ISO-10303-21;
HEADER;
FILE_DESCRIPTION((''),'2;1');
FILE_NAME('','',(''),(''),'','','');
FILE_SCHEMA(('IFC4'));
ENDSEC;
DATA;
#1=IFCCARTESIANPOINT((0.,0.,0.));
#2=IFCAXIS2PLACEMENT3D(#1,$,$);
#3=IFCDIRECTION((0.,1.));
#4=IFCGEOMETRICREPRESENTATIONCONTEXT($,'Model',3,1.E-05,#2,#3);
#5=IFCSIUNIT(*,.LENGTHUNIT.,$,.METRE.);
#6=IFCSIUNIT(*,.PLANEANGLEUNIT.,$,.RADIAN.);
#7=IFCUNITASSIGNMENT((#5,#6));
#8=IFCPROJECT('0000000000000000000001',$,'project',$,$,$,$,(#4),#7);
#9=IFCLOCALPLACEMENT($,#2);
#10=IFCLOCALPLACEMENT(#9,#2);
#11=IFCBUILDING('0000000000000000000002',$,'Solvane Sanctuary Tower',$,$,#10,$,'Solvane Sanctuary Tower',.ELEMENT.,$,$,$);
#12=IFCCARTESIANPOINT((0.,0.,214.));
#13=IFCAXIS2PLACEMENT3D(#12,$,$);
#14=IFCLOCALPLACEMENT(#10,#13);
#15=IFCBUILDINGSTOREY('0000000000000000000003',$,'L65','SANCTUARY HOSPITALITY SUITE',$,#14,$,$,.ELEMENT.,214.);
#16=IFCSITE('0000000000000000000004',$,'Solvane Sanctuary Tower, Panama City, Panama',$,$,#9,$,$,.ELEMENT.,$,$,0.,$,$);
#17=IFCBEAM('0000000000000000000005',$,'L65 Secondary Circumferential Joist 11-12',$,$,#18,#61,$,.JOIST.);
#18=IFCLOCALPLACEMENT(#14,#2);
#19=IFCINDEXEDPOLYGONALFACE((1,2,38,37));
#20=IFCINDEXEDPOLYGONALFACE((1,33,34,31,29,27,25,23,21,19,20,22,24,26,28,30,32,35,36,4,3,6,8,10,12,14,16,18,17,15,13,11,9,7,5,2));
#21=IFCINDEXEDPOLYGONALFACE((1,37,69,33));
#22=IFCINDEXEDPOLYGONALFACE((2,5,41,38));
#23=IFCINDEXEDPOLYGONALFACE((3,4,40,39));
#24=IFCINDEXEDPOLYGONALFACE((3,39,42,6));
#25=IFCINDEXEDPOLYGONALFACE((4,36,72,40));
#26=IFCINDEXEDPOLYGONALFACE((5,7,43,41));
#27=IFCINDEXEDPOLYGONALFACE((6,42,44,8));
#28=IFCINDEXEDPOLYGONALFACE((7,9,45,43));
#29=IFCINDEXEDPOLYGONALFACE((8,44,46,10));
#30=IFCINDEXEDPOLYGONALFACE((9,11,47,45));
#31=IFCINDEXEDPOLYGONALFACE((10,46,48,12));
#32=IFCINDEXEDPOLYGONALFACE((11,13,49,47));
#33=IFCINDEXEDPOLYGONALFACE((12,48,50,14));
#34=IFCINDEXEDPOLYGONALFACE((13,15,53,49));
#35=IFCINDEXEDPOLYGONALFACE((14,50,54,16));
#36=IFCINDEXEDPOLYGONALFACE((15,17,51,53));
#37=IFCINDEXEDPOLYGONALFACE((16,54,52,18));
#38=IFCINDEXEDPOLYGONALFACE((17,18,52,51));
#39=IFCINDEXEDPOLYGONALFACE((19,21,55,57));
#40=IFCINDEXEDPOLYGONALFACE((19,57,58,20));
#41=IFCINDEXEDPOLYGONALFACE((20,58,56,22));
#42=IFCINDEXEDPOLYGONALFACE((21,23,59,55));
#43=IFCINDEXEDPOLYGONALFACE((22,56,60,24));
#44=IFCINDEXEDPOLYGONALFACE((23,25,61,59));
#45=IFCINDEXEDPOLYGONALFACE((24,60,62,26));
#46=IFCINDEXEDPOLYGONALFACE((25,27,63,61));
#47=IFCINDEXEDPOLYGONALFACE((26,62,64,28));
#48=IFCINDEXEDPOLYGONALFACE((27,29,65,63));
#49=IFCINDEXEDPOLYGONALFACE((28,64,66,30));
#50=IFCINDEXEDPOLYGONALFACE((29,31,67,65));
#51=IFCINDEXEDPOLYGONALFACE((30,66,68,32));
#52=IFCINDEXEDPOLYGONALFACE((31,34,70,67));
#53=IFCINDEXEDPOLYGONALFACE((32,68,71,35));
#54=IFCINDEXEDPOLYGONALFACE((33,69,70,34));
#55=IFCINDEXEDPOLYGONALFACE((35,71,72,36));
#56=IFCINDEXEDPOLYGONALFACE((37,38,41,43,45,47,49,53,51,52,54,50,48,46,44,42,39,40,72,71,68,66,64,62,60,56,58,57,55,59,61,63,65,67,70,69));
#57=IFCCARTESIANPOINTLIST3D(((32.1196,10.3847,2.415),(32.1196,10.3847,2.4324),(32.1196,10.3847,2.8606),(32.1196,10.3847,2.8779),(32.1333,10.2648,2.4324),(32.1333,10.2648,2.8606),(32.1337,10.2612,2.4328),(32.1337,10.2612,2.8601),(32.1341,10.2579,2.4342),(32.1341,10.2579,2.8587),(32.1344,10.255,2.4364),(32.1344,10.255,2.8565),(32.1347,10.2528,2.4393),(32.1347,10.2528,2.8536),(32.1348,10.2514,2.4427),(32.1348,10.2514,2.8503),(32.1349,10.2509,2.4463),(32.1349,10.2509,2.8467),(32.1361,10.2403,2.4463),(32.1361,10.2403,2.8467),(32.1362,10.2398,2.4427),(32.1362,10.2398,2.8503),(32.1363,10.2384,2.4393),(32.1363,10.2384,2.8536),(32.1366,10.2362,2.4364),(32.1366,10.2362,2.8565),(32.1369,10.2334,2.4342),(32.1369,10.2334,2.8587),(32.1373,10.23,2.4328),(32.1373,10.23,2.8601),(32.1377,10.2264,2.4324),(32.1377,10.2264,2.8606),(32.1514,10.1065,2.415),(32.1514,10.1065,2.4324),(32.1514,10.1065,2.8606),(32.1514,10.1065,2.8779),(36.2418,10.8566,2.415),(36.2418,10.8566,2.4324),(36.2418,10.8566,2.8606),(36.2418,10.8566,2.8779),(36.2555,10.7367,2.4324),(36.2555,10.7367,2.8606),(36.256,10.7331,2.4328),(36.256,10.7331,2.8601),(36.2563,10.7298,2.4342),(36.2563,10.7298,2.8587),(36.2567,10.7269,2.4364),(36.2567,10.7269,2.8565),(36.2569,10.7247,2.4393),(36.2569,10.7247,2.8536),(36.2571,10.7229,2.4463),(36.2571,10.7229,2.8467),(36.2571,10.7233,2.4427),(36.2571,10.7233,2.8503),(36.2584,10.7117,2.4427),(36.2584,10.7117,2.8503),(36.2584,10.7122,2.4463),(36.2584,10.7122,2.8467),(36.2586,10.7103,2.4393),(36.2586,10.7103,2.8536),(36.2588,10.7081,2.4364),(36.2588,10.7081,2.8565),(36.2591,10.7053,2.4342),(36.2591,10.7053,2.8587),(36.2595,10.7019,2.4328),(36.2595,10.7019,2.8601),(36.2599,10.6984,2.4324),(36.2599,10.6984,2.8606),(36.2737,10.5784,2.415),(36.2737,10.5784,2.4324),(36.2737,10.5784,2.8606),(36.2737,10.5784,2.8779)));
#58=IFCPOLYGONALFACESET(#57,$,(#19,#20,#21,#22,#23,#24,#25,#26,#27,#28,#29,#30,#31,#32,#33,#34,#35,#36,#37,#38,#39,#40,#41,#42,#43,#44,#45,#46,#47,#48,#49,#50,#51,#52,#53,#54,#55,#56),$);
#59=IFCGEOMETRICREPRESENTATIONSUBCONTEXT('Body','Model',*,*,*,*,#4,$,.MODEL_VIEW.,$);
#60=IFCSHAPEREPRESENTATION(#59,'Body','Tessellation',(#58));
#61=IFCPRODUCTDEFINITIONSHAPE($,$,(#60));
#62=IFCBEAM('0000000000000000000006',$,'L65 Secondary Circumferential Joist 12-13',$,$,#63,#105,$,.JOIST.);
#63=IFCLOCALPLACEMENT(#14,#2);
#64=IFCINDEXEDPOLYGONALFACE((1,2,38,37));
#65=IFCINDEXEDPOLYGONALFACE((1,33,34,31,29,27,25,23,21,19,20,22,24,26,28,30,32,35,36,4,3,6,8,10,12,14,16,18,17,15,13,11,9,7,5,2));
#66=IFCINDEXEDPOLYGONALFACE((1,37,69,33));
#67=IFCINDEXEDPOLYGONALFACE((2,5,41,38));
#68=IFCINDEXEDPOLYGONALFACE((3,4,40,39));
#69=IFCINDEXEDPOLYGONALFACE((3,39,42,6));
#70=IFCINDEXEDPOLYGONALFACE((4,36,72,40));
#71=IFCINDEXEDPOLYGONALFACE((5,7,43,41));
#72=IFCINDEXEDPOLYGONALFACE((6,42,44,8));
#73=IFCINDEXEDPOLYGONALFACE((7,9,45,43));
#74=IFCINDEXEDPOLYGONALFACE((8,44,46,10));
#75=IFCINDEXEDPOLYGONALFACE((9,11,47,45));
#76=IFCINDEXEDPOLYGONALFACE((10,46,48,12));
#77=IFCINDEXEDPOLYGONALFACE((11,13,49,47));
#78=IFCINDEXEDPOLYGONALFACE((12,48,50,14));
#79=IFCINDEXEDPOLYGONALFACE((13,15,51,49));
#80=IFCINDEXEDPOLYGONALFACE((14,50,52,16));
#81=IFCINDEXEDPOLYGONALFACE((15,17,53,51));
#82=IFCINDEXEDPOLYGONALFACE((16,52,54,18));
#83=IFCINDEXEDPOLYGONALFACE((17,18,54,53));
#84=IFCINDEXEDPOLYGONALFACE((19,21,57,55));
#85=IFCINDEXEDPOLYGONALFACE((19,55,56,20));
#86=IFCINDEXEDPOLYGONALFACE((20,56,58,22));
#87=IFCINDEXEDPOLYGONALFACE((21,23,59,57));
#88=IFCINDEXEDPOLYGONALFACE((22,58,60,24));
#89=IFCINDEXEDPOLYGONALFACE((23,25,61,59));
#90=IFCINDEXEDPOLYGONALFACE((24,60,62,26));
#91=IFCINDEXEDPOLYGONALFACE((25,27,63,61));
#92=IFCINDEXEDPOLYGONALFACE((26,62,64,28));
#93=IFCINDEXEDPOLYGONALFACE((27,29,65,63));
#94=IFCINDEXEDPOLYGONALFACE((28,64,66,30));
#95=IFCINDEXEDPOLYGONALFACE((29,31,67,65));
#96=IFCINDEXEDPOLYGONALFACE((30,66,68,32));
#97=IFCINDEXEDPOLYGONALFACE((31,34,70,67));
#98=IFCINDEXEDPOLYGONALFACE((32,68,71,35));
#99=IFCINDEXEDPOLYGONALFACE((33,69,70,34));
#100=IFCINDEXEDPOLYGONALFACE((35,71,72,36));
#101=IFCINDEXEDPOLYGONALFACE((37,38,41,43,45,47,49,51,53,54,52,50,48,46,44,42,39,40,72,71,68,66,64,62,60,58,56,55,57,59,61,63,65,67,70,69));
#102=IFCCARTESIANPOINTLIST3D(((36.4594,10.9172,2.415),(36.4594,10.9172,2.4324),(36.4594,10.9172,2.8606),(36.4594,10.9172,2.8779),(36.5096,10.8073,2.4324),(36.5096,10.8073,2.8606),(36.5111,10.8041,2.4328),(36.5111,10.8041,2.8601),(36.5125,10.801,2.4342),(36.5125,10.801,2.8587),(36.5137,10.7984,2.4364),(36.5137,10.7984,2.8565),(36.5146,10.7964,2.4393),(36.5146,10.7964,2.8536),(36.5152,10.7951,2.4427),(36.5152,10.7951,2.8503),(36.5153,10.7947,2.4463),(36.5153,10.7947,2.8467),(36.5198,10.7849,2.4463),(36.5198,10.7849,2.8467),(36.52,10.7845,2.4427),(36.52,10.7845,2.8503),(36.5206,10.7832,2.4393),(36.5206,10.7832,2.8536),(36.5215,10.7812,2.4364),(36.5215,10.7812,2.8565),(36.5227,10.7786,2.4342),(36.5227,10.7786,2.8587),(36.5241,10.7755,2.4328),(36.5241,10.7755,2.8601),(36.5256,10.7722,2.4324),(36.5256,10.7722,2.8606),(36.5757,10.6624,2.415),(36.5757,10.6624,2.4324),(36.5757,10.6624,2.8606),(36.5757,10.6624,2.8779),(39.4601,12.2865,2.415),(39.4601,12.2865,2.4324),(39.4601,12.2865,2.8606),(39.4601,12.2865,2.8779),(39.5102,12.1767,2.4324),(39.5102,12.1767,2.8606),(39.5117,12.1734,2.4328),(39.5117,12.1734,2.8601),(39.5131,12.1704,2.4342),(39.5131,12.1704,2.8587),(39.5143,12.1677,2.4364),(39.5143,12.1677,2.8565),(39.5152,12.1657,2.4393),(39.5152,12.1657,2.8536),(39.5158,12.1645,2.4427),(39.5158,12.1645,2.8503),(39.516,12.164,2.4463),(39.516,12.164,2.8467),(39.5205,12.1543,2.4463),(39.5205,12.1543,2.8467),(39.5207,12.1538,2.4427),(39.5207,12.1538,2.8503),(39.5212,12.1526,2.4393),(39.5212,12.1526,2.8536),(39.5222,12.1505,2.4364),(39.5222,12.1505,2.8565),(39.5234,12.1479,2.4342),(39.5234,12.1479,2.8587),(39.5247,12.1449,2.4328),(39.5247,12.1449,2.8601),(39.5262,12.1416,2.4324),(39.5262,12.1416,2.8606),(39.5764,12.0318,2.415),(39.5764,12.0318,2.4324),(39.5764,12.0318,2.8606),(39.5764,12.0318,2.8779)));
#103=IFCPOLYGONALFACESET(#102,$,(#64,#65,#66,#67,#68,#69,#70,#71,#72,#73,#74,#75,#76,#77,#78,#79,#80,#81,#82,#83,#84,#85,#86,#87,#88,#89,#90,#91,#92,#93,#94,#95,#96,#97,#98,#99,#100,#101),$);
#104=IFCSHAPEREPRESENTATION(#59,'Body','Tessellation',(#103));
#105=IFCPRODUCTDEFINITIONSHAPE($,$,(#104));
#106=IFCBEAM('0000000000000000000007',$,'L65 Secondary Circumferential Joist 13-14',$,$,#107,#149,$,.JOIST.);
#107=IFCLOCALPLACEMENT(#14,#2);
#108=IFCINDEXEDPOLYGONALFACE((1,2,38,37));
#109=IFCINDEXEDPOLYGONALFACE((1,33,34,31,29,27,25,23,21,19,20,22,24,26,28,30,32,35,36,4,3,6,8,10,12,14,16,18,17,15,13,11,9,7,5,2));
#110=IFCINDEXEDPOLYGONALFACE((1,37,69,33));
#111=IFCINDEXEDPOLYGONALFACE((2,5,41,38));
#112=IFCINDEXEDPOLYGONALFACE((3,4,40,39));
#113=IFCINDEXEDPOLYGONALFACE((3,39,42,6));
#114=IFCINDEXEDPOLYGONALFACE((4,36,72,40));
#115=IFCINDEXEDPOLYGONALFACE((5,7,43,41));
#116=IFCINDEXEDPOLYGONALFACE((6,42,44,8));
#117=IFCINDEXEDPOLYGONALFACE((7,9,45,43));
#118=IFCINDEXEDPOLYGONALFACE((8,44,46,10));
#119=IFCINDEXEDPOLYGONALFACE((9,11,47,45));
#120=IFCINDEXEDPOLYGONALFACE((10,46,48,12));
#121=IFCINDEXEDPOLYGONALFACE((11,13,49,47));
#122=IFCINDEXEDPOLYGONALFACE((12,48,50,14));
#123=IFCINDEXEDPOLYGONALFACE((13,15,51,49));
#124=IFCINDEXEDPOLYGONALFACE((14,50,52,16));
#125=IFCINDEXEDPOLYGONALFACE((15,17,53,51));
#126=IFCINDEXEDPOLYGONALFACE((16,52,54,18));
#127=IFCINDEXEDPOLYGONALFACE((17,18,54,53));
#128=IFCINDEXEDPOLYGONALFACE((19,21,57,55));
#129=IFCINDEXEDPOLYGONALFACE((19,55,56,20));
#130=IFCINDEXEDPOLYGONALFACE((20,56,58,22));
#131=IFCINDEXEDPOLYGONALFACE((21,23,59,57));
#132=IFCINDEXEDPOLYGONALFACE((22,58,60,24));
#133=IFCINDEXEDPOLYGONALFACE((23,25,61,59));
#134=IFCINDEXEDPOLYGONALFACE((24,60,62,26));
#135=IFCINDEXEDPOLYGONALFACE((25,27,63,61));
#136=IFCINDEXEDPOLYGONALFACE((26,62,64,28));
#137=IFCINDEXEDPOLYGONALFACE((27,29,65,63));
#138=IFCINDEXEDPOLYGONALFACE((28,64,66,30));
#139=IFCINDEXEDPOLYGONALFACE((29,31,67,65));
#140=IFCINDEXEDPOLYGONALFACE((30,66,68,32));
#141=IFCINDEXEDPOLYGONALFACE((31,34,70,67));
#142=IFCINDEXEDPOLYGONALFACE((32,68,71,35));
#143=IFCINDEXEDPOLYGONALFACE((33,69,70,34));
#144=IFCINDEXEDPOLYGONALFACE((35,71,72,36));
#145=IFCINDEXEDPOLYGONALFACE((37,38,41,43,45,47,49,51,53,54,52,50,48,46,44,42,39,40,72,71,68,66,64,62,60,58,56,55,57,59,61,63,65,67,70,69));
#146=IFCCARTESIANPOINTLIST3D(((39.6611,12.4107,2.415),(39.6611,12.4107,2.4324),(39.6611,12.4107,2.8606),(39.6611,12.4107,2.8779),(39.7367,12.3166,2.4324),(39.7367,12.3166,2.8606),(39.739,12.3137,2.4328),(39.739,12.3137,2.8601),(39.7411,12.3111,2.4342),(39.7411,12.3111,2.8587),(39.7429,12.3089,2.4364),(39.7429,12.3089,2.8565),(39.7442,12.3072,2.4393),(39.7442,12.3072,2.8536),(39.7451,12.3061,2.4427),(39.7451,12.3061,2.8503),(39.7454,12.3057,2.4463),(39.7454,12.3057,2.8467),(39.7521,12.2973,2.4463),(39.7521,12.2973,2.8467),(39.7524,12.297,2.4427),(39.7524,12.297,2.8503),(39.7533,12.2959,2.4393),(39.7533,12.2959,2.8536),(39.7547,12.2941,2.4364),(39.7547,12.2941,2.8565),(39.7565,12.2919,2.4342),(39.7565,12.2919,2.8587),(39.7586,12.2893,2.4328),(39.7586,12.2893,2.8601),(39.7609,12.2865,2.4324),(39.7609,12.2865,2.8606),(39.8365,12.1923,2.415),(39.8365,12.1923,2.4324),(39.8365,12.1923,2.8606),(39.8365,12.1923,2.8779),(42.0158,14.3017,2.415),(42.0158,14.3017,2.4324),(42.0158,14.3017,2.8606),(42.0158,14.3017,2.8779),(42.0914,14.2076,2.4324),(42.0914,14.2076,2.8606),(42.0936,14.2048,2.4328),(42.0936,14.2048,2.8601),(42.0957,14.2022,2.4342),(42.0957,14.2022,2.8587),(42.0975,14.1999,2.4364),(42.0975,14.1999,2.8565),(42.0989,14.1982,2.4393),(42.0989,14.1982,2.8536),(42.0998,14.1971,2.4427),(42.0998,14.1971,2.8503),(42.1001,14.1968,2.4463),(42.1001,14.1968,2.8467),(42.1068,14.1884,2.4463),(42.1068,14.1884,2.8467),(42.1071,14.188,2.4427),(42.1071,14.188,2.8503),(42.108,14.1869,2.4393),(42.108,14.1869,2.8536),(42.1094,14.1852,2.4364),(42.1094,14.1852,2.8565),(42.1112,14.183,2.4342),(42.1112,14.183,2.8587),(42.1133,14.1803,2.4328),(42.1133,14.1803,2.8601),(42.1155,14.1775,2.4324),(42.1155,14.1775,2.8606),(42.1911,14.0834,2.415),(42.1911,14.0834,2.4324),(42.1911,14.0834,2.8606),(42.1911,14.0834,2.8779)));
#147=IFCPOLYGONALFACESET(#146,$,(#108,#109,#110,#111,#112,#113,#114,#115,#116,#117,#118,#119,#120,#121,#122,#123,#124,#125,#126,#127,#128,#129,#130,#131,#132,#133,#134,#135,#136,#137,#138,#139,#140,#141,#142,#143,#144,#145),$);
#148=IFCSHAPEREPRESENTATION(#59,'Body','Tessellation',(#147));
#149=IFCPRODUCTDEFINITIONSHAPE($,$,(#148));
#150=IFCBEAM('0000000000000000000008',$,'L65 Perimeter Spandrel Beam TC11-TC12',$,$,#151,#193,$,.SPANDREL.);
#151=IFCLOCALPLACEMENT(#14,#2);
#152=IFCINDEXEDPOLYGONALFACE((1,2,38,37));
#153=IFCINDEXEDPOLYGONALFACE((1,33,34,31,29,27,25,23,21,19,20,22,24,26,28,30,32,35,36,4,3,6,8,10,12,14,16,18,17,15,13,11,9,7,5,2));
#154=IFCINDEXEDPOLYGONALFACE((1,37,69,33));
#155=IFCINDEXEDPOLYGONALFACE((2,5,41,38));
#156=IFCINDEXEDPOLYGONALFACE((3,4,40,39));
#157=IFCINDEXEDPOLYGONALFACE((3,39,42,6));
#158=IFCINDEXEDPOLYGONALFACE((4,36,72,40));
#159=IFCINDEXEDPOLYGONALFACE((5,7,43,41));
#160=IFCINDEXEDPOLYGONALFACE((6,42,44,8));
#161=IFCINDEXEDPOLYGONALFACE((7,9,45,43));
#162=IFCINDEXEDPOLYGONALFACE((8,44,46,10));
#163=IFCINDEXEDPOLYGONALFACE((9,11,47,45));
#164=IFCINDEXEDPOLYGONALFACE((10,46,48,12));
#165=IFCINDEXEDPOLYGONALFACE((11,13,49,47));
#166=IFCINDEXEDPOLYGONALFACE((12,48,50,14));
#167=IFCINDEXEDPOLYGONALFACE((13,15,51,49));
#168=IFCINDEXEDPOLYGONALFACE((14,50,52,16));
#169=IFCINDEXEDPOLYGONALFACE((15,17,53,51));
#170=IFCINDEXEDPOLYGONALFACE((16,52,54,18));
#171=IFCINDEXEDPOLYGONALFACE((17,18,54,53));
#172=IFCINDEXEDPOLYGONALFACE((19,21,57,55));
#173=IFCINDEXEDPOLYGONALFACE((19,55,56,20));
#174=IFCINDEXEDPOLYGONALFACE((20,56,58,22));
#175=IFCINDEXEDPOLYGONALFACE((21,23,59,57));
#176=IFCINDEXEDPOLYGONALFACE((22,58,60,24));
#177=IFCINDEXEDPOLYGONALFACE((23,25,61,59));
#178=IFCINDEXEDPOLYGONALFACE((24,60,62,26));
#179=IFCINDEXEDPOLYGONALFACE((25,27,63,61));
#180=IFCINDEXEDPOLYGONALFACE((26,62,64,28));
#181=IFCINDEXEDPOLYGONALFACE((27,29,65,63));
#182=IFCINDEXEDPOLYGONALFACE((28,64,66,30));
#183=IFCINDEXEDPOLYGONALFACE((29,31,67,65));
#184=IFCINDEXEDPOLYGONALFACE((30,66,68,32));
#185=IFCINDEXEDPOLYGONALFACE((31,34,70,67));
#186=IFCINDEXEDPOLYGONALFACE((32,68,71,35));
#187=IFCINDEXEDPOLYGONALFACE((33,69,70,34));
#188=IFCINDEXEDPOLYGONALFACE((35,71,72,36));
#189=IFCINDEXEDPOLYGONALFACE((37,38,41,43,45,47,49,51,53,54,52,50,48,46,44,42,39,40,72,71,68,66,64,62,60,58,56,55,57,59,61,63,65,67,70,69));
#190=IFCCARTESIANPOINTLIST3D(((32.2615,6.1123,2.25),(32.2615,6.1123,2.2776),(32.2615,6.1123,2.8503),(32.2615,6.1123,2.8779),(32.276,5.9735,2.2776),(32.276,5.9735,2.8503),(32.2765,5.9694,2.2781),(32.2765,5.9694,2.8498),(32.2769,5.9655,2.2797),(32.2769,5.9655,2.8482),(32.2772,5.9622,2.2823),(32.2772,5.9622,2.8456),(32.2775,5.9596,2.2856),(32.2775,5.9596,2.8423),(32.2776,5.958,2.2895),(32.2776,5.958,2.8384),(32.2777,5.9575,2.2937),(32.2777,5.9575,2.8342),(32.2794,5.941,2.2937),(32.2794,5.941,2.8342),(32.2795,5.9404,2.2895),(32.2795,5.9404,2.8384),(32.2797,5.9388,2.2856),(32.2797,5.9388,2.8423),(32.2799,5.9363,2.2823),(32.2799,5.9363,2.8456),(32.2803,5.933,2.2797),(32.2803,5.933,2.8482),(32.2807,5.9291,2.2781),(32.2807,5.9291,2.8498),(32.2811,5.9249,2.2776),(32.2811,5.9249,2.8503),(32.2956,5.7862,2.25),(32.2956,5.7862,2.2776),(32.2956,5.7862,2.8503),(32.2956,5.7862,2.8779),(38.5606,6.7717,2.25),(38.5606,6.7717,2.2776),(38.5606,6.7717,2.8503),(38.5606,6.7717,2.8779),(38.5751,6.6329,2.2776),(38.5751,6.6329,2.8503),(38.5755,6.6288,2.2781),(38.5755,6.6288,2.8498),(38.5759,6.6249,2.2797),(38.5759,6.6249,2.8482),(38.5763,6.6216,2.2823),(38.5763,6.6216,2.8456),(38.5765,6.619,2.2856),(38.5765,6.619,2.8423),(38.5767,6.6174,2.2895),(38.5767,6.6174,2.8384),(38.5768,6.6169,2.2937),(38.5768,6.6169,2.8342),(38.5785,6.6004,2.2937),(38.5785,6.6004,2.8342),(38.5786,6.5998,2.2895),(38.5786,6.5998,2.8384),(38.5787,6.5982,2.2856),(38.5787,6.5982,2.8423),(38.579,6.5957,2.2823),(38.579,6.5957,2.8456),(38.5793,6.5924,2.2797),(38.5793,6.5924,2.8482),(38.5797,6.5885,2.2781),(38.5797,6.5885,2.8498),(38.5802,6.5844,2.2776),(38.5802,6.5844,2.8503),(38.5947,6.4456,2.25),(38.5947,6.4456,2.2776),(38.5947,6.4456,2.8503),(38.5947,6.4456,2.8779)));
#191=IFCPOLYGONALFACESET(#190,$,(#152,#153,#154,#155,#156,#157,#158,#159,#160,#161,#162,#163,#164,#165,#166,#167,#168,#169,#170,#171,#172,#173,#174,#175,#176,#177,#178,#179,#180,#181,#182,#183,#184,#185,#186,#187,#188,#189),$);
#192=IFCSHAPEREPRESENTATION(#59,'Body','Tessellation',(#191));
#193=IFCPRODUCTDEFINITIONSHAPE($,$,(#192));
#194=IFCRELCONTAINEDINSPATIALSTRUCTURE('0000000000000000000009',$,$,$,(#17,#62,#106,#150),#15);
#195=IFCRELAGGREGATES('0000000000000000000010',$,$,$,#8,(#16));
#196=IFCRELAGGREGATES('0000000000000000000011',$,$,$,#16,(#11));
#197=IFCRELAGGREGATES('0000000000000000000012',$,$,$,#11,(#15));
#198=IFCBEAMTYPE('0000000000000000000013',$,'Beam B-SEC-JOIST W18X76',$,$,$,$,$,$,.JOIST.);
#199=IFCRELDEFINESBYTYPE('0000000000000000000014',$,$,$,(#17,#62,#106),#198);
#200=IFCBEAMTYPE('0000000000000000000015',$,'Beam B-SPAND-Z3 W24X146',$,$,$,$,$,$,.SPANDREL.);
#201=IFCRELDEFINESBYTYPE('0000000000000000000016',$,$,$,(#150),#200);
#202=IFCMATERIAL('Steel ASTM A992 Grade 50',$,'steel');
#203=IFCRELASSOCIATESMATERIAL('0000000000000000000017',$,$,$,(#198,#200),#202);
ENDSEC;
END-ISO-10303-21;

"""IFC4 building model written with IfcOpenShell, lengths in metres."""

from ifc_helpers import new_model, si_unit, direction, frame, origin, origin_2d, place, context, subcontext, project, spatial, i_section, extrude, material, material_profile, profile_set, type_object, element, save


model = new_model("IFC4")

# Units and contexts
model_context = context("Model", 3, precision=1e-05, world=origin(), true_north=direction((0.0, 1.0)))
body_context = subcontext(model_context, "Body", "Model", "MODEL_VIEW")
ifc_project = project(units=[si_unit("LENGTHUNIT", "METRE"), si_unit("PLANEANGLEUNIT", "RADIAN")], contexts=[model_context])

# Site, building, storey
site_placement = place(None, origin())
site = spatial("IfcSite", under=ifc_project, at=site_placement, Name="Solvane Sanctuary Tower, Panama City, Panama", CompositionType="ELEMENT", RefElevation=0.0)
building_placement = place(site_placement, origin())
building = spatial("IfcBuilding", under=site, at=building_placement, Name="Solvane Sanctuary Tower", LongName="Solvane Sanctuary Tower", CompositionType="ELEMENT")
storey_placement = place(building_placement, frame((0.0, 0.0, 214.0)))
storey = spatial("IfcBuildingStorey", under=building, at=storey_placement, Name="L65", Description="SANCTUARY HOSPITALITY SUITE", CompositionType="ELEMENT", Elevation=214.0)

# Beams
ifc_material_1 = material(Name="Steel ASTM A992 Grade 50", Category="steel")
ifc_material_profile_1 = material_profile(ifc_material_1, i_section(OverallWidth=0.28, OverallDepth=0.4629, WebThickness=0.0107, FlangeThickness=0.0173, FilletRadius=0.0139, at=origin_2d()), Name="W18X76")
ifc_profile_set_1 = profile_set([ifc_material_profile_1], Name="Steel ASTM A992 Grade 50")
beam_type_1 = type_object("IfcBeamType", Name="Beam B-SEC-JOIST W18X76", PredefinedType="JOIST", material=ifc_profile_set_1)
beam_1_placement = place(storey_placement, frame((32.1355, 10.2456, 2.6465), z_axis=(0.993511, 0.113737, 0.0), x_axis=(-0.113737, 0.993511, 0.0)))
element("IfcBeam", 1, at=beam_1_placement, inside=storey, type_object=beam_type_1, Name="L65 Secondary Circumferential Joist 11-12", PredefinedType="JOIST", context=body_context, shape_type="SweptSolid", body=[
    extrude(i_section(OverallWidth=0.28, OverallDepth=0.4629, WebThickness=0.0107, FlangeThickness=0.0173, FilletRadius=0.0139, at=origin_2d()), origin(), (0.0, 0.0, 1.0), 4.1492),
])
beam_2_placement = place(storey_placement, frame((36.5176, 10.7898, 2.6465), z_axis=(0.909747, 0.415163, 0.0), x_axis=(-0.415163, 0.909747, 0.0)))
element("IfcBeam", 2, at=beam_2_placement, inside=storey, type_object=beam_type_1, Name="L65 Secondary Circumferential Joist 12-13", PredefinedType="JOIST", context=body_context, shape_type="SweptSolid", body=[
    extrude(i_section(OverallWidth=0.28, OverallDepth=0.4629, WebThickness=0.0107, FlangeThickness=0.0173, FilletRadius=0.0139, at=origin_2d()), origin(), (0.0, 0.0, 1.0), 3.2983),
])
beam_3_placement = place(storey_placement, frame((39.7488, 12.3015, 2.6465), z_axis=(0.779684, 0.626173, 0.0), x_axis=(-0.626173, 0.779684, 0.0)))
element("IfcBeam", 3, at=beam_3_placement, inside=storey, type_object=beam_type_1, Name="L65 Secondary Circumferential Joist 13-14", PredefinedType="JOIST", context=body_context, shape_type="SweptSolid", body=[
    extrude(i_section(OverallWidth=0.28, OverallDepth=0.4629, WebThickness=0.0107, FlangeThickness=0.0173, FilletRadius=0.0139, at=origin_2d()), origin(), (0.0, 0.0, 1.0), 3.02),
])
ifc_material_profile_2 = material_profile(ifc_material_1, i_section(OverallWidth=0.3279, OverallDepth=0.6279, WebThickness=0.0166, FlangeThickness=0.0276, FilletRadius=0.0161, at=origin_2d()), Name="W24X146")
ifc_profile_set_2 = profile_set([ifc_material_profile_2], Name="Steel ASTM A992 Grade 50")
beam_type_2 = type_object("IfcBeamType", Name="Beam B-SPAND-Z3 W24X146", PredefinedType="SPANDREL", material=ifc_profile_set_2)
beam_4_placement = place(storey_placement, frame((32.2786, 5.9492, 2.564), z_axis=(0.994565, 0.104117, 0.0), x_axis=(-0.104117, 0.994565, 0.0)))
element("IfcBeam", 4, at=beam_4_placement, inside=storey, type_object=beam_type_2, Name="L65 Perimeter Spandrel Beam TC11-TC12", PredefinedType="SPANDREL", context=body_context, shape_type="SweptSolid", body=[
    extrude(i_section(OverallWidth=0.3279, OverallDepth=0.6279, WebThickness=0.0166, FlangeThickness=0.0276, FilletRadius=0.0161, at=origin_2d()), origin(), (0.0, 0.0, 1.0), 6.3335),
])

save(model, "model.ifc")
